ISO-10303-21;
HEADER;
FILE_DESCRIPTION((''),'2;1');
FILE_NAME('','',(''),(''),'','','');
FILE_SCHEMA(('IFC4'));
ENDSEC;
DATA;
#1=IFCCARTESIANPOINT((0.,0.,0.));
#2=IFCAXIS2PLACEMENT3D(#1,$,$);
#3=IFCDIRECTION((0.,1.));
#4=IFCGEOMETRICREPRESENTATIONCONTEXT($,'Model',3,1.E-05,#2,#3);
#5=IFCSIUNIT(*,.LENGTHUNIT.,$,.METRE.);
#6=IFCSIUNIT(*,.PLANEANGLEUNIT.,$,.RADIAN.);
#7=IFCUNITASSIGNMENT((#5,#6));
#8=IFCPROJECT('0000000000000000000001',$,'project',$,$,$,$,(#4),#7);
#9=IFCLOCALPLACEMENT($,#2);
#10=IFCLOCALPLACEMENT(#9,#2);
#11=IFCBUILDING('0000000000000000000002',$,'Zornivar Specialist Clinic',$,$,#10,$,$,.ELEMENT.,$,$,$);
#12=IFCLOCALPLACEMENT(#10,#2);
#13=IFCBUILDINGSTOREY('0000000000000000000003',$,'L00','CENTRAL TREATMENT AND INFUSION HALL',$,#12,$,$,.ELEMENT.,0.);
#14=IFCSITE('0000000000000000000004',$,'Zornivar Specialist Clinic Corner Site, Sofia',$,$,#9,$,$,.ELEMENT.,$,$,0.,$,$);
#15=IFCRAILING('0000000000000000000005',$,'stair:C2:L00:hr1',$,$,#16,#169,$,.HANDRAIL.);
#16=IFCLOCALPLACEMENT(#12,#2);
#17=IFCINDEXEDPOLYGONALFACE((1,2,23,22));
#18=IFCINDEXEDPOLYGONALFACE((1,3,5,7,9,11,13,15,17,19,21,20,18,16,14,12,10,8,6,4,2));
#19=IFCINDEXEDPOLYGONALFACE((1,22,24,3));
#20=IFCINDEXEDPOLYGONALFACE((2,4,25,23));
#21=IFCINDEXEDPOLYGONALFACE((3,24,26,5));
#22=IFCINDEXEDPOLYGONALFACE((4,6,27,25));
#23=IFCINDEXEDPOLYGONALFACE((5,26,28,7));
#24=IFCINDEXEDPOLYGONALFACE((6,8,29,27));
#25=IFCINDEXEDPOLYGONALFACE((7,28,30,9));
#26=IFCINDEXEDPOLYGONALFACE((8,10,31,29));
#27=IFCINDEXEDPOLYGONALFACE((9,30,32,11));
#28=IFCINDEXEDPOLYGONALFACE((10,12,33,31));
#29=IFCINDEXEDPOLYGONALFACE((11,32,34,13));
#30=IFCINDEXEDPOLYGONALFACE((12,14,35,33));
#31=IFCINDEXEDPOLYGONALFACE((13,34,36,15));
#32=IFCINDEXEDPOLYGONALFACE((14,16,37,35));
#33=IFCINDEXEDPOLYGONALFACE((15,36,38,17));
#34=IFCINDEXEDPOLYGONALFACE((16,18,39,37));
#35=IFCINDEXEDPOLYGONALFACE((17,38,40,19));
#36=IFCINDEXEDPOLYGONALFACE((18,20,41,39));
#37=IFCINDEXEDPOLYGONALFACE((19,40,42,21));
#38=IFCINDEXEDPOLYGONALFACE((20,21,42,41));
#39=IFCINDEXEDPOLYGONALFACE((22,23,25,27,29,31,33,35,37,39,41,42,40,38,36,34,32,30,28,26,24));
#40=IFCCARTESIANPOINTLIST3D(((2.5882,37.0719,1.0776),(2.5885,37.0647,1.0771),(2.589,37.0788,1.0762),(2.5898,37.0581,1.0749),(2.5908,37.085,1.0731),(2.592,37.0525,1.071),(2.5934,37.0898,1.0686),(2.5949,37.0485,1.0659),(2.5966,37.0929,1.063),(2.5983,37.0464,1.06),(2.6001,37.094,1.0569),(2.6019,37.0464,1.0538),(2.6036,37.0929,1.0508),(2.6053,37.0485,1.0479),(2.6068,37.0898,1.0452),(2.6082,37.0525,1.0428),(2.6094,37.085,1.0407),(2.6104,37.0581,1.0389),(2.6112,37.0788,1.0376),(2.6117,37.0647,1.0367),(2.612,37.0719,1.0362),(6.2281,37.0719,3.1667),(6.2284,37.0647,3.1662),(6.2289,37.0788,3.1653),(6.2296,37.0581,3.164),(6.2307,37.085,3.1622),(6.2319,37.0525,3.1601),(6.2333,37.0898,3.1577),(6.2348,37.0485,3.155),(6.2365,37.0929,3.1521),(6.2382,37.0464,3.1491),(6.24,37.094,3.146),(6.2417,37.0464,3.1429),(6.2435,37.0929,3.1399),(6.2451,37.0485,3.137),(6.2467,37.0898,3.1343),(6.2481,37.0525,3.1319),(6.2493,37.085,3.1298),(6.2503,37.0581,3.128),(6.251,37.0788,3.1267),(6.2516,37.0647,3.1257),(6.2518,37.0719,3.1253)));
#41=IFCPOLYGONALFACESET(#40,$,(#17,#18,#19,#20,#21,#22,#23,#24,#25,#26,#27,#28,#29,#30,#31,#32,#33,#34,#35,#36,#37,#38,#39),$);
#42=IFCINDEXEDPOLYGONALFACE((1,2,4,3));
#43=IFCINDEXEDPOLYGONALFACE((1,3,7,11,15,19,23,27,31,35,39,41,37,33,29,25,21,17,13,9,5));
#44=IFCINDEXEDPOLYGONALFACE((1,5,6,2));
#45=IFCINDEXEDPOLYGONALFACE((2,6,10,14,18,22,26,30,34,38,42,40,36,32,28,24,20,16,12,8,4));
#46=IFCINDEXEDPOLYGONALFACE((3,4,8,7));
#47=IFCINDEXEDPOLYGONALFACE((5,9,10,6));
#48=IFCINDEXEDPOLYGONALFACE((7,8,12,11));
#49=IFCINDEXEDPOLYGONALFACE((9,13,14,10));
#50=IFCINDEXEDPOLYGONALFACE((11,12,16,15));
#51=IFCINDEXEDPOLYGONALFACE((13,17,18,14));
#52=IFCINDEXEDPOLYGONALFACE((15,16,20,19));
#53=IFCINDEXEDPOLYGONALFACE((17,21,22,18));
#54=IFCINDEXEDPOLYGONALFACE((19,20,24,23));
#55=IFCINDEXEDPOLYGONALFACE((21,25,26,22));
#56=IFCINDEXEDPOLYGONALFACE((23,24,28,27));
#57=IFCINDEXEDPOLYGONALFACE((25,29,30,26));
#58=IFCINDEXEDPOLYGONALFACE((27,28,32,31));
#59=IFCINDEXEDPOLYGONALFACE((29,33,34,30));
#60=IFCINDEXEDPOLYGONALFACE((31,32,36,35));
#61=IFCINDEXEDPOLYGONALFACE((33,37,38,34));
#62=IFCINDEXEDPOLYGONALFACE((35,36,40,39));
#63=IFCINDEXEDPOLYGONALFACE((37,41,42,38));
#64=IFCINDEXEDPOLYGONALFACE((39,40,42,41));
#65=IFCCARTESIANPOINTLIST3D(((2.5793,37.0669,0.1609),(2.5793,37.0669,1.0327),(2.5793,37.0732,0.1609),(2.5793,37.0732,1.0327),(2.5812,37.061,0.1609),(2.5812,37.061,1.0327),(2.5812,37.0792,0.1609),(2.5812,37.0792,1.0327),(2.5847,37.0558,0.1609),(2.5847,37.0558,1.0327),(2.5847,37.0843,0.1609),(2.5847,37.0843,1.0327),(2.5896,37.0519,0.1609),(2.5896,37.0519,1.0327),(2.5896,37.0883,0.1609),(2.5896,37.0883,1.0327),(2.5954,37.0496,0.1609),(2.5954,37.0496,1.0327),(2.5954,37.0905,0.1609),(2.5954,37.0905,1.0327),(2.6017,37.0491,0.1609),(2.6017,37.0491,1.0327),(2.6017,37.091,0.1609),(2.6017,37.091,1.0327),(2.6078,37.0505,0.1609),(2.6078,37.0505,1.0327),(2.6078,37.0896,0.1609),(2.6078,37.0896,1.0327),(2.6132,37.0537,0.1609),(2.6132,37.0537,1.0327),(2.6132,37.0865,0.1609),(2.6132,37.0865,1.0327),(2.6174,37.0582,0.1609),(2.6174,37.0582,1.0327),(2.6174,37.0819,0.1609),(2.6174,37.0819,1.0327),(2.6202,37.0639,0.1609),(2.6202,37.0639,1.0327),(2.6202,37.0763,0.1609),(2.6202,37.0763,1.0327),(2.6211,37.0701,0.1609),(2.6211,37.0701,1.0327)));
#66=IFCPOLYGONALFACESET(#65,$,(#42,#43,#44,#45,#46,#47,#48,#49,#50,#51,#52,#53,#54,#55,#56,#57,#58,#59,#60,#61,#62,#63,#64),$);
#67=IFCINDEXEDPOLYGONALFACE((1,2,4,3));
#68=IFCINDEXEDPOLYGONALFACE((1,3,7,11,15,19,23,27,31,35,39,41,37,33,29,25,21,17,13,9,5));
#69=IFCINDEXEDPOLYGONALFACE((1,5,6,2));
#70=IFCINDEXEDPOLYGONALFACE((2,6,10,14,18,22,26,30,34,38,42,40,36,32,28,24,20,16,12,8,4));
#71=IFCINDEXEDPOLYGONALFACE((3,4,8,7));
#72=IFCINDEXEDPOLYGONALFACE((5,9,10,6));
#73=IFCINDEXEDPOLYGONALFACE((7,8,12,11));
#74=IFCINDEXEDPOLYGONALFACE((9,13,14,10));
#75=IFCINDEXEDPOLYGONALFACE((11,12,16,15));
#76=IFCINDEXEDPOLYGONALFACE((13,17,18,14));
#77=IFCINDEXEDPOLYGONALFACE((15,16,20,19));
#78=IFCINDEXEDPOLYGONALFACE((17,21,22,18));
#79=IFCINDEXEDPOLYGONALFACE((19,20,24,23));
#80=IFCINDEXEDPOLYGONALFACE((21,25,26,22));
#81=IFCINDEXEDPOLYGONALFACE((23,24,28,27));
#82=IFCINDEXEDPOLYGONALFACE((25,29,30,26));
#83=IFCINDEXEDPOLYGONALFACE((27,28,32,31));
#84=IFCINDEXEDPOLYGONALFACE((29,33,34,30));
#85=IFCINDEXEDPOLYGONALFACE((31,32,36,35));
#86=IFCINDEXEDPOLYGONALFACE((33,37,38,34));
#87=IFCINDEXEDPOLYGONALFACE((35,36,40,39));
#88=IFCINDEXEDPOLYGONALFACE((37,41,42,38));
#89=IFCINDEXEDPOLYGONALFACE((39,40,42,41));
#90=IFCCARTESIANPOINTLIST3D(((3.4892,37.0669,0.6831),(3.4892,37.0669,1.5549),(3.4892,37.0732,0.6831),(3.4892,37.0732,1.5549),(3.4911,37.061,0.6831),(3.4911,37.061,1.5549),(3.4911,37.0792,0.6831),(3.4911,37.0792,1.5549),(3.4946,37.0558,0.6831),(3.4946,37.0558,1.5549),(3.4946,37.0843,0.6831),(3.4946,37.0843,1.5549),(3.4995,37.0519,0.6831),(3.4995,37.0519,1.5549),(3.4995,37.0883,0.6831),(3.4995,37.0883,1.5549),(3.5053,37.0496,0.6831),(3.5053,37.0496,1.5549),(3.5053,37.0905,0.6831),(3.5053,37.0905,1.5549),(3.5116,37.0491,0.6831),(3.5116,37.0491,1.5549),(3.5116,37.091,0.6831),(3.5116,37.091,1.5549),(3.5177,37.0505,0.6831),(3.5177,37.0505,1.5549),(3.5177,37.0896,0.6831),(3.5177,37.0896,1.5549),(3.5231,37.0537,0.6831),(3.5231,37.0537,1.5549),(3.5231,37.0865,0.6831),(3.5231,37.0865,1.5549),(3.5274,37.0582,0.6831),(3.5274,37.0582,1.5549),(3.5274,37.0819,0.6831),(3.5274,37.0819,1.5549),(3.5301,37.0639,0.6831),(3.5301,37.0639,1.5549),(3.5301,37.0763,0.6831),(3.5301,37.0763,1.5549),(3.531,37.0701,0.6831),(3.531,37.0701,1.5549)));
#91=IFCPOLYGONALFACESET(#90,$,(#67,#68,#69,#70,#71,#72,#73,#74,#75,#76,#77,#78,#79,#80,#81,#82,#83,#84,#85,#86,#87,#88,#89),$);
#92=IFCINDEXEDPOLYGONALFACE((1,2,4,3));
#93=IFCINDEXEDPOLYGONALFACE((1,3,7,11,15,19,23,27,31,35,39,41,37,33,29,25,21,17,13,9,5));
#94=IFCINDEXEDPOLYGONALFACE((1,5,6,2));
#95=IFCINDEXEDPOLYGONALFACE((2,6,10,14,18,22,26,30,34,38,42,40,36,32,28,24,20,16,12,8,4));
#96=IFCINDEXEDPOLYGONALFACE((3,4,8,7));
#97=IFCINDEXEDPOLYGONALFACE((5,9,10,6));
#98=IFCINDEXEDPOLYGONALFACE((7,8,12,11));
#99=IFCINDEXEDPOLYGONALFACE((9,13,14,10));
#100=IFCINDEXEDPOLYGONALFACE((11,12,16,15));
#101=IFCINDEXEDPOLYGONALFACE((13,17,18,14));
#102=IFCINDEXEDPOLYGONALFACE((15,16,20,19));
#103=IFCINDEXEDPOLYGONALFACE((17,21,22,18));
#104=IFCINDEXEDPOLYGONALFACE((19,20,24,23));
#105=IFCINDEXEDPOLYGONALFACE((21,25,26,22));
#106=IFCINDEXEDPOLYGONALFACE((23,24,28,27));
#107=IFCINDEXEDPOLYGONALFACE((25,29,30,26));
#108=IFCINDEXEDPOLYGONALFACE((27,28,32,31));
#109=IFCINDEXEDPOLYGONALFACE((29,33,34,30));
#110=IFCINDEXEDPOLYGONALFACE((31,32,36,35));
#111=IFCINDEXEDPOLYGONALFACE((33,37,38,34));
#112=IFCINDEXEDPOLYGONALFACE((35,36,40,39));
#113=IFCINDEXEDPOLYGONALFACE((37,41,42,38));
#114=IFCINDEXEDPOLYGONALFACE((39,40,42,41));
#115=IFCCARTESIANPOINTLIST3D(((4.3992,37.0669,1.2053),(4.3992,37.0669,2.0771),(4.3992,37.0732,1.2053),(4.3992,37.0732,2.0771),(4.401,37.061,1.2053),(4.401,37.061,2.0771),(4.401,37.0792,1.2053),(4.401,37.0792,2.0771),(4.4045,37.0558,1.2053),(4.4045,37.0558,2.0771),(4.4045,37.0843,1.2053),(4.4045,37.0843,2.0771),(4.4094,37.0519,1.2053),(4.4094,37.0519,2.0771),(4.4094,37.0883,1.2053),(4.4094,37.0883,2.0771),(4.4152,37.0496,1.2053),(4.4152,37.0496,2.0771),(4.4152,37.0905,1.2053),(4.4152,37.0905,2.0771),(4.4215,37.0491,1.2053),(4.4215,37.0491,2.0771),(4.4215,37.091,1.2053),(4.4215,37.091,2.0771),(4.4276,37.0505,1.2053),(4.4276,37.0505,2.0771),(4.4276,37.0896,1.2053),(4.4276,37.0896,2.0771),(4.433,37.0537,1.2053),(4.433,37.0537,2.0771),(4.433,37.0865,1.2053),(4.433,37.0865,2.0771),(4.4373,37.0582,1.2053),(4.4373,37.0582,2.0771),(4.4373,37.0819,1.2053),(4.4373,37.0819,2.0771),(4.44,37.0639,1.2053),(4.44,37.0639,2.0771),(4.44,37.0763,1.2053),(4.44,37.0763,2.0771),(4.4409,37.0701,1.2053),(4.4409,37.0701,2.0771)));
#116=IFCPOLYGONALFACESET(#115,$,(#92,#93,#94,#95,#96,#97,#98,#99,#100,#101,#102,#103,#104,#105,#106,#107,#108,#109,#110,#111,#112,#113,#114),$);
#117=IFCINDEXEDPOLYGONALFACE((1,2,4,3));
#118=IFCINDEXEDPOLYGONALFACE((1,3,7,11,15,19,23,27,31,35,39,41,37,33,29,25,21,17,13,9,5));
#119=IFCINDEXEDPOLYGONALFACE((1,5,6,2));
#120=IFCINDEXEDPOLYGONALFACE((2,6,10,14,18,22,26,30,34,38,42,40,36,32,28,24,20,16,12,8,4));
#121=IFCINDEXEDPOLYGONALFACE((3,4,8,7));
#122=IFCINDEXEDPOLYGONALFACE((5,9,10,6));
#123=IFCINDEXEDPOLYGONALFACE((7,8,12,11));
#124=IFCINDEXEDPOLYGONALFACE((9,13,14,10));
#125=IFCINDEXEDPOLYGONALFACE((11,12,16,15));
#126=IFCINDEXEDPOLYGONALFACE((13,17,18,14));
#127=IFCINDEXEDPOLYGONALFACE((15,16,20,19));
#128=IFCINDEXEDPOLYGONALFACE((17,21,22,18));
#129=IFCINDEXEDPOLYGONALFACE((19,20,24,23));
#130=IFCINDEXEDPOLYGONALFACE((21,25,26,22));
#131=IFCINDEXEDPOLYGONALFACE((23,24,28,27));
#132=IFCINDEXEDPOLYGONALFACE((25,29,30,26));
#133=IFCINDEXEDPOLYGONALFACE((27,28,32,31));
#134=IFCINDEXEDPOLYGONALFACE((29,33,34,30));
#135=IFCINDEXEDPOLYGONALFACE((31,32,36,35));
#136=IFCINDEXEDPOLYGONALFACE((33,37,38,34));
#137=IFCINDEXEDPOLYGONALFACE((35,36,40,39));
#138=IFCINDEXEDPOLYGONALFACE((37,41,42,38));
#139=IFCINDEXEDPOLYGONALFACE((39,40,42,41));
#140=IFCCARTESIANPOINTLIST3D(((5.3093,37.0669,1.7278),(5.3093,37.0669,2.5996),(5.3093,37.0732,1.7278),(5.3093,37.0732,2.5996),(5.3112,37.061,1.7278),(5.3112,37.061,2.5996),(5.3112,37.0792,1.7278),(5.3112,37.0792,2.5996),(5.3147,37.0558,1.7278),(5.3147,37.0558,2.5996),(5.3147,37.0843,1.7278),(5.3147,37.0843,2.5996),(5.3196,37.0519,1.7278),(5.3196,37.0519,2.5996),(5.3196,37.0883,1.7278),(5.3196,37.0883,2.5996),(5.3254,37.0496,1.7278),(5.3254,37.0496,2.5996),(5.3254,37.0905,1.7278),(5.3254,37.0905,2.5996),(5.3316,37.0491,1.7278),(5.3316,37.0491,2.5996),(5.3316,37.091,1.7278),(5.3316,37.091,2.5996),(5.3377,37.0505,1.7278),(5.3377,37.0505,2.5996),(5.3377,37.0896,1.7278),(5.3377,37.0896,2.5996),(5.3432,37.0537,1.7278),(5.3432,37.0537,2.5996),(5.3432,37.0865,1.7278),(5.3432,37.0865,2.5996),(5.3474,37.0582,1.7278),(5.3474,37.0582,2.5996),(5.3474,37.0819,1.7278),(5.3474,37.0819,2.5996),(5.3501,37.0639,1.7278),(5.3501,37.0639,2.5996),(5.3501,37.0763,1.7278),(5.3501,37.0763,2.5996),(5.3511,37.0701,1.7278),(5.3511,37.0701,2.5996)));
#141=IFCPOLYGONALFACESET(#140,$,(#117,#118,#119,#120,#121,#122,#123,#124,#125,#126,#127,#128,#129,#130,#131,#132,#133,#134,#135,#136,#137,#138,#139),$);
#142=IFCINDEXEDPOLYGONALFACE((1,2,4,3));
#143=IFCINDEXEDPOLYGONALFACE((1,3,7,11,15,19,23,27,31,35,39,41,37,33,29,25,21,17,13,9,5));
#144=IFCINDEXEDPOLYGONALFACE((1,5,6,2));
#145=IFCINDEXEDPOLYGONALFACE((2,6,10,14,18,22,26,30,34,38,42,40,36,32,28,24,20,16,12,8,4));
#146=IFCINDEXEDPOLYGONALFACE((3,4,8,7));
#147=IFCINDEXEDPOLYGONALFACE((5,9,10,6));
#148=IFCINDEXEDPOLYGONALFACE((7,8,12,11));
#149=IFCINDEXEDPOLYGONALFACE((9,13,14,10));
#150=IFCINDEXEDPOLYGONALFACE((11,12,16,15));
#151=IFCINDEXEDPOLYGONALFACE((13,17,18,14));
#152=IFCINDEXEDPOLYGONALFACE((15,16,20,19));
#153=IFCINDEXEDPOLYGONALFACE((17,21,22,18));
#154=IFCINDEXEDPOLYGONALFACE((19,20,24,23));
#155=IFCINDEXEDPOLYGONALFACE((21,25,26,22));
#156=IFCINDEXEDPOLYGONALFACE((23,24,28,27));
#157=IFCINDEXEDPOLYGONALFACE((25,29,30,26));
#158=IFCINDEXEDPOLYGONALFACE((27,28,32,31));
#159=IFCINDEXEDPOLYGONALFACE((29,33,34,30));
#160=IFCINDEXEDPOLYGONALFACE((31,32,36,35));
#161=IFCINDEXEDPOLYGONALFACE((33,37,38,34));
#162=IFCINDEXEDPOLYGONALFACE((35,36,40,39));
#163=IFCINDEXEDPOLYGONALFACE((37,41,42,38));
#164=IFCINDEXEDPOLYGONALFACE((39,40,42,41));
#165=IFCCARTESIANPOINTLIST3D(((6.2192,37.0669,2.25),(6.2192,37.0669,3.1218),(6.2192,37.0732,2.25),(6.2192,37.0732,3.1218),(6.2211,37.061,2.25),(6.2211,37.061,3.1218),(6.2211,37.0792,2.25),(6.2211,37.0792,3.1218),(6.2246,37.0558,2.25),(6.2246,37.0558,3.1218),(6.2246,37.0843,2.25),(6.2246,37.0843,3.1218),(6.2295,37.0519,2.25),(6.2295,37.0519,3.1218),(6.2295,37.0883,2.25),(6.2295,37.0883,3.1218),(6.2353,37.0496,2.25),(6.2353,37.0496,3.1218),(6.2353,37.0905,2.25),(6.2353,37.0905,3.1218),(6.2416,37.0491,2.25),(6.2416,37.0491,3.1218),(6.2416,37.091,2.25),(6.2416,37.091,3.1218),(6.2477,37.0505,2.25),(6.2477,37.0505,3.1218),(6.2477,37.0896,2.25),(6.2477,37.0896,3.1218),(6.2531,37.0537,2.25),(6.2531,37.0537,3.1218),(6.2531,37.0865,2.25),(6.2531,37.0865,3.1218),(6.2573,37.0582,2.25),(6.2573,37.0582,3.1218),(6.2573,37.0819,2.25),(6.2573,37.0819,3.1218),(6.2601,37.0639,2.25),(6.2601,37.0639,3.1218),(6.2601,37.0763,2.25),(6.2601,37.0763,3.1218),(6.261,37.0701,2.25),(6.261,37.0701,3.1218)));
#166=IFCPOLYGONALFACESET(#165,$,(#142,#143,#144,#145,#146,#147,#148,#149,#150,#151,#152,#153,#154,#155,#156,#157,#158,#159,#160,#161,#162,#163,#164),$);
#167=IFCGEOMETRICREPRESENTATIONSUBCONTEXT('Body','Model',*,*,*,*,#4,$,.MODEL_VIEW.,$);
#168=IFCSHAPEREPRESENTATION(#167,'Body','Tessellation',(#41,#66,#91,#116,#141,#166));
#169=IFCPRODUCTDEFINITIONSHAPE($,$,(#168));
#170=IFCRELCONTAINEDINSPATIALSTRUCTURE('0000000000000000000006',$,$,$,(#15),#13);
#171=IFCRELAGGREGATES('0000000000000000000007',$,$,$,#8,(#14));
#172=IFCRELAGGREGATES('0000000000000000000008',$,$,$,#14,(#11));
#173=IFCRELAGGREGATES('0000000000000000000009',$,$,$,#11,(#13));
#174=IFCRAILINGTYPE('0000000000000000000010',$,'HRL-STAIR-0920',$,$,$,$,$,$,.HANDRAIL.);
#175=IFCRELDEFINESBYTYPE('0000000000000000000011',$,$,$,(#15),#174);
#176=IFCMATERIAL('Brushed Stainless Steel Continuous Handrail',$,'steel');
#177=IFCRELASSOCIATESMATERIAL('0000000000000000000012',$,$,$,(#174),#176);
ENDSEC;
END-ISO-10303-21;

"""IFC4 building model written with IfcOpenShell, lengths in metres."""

from ifc_helpers import new_model, si_unit, direction, frame, origin, origin_2d, place, context, subcontext, project, spatial, circle, extrude, material, type_object, element, save


model = new_model("IFC4")

# Units and contexts
model_context = context("Model", 3, precision=1e-05, world=origin(), true_north=direction((0.0, 1.0)))
body_context = subcontext(model_context, "Body", "Model", "MODEL_VIEW")
ifc_project = project(units=[si_unit("LENGTHUNIT", "METRE"), si_unit("PLANEANGLEUNIT", "RADIAN")], contexts=[model_context])

# Site, building, storey
site_placement = place(None, origin())
site = spatial("IfcSite", under=ifc_project, at=site_placement, Name="Zornivar Specialist Clinic Corner Site, Sofia", CompositionType="ELEMENT", RefElevation=0.0)
building_placement = place(site_placement, origin())
building = spatial("IfcBuilding", under=site, at=building_placement, Name="Zornivar Specialist Clinic", CompositionType="ELEMENT")
storey_placement = place(building_placement, origin())
storey = spatial("IfcBuildingStorey", under=building, at=storey_placement, Name="L00", Description="CENTRAL TREATMENT AND INFUSION HALL", CompositionType="ELEMENT", Elevation=0.0)

# Railing
ifc_material_1 = material(Name="Brushed Stainless Steel Continuous Handrail", Category="steel")
railing_type_1 = type_object("IfcRailingType", Name="HRL-STAIR-0920", PredefinedType="HANDRAIL", material=ifc_material_1)
railing_1_placement = place(storey_placement, frame((2.6001, 37.0701, 0.1609)))
element("IfcRailing", 1, at=railing_1_placement, inside=storey, type_object=railing_type_1, Name="stair:C2:L00:hr1", PredefinedType="HANDRAIL", context=body_context, shape_type="SweptSolid", body=[
    extrude(circle(Radius=0.0239, at=origin_2d()), frame((0.0, 0.0, 0.896), z_axis=(0.8673, 0.0, 0.497786), x_axis=(0.0, 1.0, 0.0)), (0.0, 0.0, 1.0), 4.1968),
    extrude(circle(Radius=0.021, at=origin_2d()), origin(), (0.0, 0.0, 1.0), 0.8718),
    extrude(circle(Radius=0.021, at=origin_2d()), frame((0.9099, 0.0, 0.5222)), (0.0, 0.0, 1.0), 0.8718),
    extrude(circle(Radius=0.021, at=origin_2d()), frame((1.8198, 0.0, 1.0444)), (0.0, 0.0, 1.0), 0.8718),
    extrude(circle(Radius=0.021, at=origin_2d()), frame((2.73, 0.0, 1.5669)), (0.0, 0.0, 1.0), 0.8718),
    extrude(circle(Radius=0.021, at=origin_2d()), frame((3.6399, 0.0, 2.0891)), (0.0, 0.0, 1.0), 0.8718),
])

save(model, "model.ifc")
